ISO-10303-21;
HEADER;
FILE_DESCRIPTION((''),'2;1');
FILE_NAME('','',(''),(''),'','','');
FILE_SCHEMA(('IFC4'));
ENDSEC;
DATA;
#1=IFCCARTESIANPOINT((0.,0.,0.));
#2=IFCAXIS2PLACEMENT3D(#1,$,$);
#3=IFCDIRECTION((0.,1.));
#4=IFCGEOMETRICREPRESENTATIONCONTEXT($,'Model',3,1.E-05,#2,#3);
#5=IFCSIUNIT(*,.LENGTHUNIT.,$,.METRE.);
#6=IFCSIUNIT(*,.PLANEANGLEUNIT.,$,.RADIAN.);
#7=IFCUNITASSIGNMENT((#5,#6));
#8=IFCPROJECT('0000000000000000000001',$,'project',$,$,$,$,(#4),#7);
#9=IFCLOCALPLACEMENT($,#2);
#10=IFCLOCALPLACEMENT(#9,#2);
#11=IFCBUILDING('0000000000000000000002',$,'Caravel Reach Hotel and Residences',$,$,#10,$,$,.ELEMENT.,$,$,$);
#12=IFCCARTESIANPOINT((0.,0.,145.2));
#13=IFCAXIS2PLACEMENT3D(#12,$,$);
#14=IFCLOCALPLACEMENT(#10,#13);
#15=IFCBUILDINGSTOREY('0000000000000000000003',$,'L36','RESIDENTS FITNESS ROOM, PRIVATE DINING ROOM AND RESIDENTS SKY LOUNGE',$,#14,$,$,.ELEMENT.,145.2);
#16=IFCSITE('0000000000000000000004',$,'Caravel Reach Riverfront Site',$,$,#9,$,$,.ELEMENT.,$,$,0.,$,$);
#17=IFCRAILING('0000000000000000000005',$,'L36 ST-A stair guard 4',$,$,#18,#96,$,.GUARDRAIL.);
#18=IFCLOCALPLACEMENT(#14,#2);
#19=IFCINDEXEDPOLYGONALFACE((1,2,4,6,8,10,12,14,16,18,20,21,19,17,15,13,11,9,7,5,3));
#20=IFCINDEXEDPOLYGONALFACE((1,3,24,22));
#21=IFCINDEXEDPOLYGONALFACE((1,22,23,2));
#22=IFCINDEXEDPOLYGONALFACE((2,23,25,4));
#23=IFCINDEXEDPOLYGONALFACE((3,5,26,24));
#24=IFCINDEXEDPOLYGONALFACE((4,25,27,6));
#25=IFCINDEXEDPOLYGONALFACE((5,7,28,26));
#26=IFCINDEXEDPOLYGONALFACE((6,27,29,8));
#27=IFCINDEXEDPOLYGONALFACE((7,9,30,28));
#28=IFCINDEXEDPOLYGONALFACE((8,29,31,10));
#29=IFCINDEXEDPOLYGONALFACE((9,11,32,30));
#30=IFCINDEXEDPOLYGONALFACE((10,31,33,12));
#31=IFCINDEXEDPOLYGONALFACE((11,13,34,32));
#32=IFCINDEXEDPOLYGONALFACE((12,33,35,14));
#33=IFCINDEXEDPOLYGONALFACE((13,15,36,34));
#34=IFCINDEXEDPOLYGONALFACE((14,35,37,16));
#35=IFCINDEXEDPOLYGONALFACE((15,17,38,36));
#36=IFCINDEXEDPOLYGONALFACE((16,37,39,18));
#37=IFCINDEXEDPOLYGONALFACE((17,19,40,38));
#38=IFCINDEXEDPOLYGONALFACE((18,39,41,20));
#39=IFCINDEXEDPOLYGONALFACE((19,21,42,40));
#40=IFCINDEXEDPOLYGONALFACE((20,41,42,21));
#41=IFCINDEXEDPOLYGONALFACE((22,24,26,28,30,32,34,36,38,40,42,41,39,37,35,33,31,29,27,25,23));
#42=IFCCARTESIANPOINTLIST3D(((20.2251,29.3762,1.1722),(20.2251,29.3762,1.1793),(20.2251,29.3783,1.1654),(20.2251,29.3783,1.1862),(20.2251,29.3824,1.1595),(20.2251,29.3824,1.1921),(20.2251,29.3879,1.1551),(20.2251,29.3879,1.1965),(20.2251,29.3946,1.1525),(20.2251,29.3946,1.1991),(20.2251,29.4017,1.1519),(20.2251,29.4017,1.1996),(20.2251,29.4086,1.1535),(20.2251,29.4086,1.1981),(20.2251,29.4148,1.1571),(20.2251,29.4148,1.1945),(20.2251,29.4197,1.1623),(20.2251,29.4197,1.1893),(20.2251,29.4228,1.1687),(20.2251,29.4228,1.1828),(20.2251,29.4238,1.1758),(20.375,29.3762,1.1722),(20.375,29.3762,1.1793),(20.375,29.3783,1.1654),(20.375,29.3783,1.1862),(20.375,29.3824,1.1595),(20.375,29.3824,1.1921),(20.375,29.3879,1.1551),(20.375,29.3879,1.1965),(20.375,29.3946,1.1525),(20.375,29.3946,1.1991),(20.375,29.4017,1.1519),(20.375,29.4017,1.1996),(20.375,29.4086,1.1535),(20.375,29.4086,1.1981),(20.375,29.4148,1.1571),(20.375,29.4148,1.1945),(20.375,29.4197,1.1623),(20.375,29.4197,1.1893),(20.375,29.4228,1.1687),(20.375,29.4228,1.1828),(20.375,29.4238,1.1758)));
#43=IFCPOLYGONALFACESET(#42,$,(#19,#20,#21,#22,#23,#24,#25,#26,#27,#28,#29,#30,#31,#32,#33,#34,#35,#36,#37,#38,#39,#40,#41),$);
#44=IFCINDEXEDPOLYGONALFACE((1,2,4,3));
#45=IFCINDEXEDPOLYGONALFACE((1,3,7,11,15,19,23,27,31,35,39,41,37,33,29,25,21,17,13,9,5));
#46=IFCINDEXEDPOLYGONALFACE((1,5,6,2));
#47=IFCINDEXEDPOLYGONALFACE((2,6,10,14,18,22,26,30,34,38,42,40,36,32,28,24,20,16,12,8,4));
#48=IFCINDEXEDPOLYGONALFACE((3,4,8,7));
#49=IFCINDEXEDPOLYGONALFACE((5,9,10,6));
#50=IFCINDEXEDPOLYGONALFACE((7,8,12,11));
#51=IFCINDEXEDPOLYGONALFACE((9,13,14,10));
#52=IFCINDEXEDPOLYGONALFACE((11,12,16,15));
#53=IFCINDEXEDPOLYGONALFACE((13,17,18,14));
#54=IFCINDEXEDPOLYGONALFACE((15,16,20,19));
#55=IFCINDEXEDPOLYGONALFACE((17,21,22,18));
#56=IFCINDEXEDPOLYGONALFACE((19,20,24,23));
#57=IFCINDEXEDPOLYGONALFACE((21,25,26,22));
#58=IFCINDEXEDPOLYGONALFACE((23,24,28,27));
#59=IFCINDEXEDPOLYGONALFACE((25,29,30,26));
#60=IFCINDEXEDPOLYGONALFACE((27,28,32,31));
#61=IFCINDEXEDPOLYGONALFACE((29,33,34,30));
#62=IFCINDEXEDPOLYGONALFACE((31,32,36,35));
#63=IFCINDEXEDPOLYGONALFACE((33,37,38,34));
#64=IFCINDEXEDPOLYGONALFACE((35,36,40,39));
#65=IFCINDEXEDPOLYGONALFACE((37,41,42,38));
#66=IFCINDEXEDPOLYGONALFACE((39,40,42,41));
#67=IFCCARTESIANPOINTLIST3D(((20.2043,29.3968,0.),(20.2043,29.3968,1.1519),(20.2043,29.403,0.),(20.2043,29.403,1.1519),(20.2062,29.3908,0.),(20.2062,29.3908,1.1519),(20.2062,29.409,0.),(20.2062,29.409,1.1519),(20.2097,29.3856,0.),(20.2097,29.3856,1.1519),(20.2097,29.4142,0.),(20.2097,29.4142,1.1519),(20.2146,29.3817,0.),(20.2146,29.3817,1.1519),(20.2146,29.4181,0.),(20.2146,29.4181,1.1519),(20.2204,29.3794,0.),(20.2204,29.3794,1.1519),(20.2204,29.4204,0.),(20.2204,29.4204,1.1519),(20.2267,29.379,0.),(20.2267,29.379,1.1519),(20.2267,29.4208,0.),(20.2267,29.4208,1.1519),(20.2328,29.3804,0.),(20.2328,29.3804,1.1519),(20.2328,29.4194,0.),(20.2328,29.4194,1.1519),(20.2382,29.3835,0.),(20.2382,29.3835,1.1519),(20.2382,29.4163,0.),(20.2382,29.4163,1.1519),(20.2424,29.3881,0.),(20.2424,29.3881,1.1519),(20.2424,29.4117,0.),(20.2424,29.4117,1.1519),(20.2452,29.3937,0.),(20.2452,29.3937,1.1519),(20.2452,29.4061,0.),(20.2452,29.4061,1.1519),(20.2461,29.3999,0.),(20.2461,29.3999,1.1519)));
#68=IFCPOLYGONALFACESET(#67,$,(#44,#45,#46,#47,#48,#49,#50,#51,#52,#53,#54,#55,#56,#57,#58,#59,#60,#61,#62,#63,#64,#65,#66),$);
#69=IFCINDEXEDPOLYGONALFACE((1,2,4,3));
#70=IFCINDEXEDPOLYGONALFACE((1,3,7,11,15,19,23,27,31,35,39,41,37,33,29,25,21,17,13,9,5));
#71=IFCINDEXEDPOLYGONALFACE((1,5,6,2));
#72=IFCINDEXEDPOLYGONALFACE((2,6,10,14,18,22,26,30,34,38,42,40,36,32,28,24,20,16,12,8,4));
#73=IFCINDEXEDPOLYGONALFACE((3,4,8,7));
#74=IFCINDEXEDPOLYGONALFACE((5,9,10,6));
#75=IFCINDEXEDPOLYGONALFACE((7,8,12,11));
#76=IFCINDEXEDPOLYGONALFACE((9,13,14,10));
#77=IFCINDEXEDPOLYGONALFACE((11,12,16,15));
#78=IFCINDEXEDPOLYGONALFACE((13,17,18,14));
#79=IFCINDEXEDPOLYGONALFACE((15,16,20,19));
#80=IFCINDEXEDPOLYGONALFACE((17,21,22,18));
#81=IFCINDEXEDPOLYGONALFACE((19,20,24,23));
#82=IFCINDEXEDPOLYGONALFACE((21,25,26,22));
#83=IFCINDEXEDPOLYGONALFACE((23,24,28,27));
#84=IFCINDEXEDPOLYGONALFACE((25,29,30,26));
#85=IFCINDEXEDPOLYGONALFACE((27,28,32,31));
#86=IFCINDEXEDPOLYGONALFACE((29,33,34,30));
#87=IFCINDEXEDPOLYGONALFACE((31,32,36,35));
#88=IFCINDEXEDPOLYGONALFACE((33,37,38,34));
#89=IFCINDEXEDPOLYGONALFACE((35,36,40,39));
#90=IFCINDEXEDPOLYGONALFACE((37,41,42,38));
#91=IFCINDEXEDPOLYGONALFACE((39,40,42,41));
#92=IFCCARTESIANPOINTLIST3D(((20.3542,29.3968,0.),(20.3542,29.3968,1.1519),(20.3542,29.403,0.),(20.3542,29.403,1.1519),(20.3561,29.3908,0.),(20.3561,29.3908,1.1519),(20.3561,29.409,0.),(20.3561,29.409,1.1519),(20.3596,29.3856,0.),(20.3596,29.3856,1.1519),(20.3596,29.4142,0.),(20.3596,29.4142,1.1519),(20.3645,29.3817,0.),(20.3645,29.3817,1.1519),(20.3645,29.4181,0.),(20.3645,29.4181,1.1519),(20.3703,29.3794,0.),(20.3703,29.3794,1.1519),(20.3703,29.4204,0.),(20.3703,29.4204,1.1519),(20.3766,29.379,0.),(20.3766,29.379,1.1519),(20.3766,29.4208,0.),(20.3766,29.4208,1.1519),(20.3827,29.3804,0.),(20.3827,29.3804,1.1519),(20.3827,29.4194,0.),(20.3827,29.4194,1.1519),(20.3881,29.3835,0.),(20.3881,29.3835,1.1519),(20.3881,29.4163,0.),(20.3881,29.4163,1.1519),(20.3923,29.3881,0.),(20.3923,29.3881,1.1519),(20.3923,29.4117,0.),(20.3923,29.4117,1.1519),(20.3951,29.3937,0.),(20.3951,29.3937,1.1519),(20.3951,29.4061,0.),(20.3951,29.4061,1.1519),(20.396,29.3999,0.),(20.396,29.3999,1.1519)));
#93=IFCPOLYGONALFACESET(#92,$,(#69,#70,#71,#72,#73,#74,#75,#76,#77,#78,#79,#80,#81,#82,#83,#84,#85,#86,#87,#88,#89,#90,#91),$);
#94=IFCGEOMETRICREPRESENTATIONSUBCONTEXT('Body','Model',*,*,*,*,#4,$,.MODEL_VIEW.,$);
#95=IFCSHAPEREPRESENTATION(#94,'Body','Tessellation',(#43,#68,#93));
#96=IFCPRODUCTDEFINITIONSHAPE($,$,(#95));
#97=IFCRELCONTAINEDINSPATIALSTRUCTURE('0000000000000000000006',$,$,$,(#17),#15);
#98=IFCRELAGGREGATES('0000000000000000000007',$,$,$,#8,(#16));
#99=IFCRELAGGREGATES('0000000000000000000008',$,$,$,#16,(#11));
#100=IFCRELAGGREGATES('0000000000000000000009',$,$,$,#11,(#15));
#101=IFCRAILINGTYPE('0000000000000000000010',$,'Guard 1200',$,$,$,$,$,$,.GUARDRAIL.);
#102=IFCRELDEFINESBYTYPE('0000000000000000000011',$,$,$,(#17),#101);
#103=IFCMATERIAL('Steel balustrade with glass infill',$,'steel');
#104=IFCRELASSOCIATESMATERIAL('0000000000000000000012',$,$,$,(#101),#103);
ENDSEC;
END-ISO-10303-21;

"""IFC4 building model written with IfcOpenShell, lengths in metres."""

from ifc_helpers import new_model, si_unit, direction, frame, origin, origin_2d, place, context, subcontext, project, spatial, circle, extrude, material, type_object, element, save


model = new_model("IFC4")

# Units and contexts
model_context = context("Model", 3, precision=1e-05, world=origin(), true_north=direction((0.0, 1.0)))
body_context = subcontext(model_context, "Body", "Model", "MODEL_VIEW")
ifc_project = project(units=[si_unit("LENGTHUNIT", "METRE"), si_unit("PLANEANGLEUNIT", "RADIAN")], contexts=[model_context])

# Site, building, storey
site_placement = place(None, origin())
site = spatial("IfcSite", under=ifc_project, at=site_placement, Name="Caravel Reach Riverfront Site", CompositionType="ELEMENT", RefElevation=0.0)
building_placement = place(site_placement, origin())
building = spatial("IfcBuilding", under=site, at=building_placement, Name="Caravel Reach Hotel and Residences", CompositionType="ELEMENT")
storey_placement = place(building_placement, frame((0.0, 0.0, 145.2)))
storey = spatial("IfcBuildingStorey", under=building, at=storey_placement, Name="L36", Description="RESIDENTS FITNESS ROOM, PRIVATE DINING ROOM AND RESIDENTS SKY LOUNGE", CompositionType="ELEMENT", Elevation=145.2)

# Railing
ifc_material_1 = material(Name="Steel balustrade with glass infill", Category="steel")
railing_type_1 = type_object("IfcRailingType", Name="Guard 1200", PredefinedType="GUARDRAIL", material=ifc_material_1)
railing_1_placement = place(storey_placement, frame((20.2251, 29.3999, 0.0)))
element("IfcRailing", 1, at=railing_1_placement, inside=storey, type_object=railing_type_1, Name="L36 ST-A stair guard 4", PredefinedType="GUARDRAIL", context=body_context, shape_type="SweptSolid", body=[
    extrude(circle(Radius=0.0239, at=origin_2d()), frame((0.0, 0.0, 1.1758), z_axis=(1.0, 0.0, 0.0), x_axis=(0.0, 1.0, 0.0)), (0.0, 0.0, 1.0), 0.1499),
    extrude(circle(Radius=0.021, at=origin_2d()), origin(), (0.0, 0.0, 1.0), 1.1519),
    extrude(circle(Radius=0.021, at=origin_2d()), frame((0.1499, 0.0, 0.0)), (0.0, 0.0, 1.0), 1.1519),
])

save(model, "model.ifc")
